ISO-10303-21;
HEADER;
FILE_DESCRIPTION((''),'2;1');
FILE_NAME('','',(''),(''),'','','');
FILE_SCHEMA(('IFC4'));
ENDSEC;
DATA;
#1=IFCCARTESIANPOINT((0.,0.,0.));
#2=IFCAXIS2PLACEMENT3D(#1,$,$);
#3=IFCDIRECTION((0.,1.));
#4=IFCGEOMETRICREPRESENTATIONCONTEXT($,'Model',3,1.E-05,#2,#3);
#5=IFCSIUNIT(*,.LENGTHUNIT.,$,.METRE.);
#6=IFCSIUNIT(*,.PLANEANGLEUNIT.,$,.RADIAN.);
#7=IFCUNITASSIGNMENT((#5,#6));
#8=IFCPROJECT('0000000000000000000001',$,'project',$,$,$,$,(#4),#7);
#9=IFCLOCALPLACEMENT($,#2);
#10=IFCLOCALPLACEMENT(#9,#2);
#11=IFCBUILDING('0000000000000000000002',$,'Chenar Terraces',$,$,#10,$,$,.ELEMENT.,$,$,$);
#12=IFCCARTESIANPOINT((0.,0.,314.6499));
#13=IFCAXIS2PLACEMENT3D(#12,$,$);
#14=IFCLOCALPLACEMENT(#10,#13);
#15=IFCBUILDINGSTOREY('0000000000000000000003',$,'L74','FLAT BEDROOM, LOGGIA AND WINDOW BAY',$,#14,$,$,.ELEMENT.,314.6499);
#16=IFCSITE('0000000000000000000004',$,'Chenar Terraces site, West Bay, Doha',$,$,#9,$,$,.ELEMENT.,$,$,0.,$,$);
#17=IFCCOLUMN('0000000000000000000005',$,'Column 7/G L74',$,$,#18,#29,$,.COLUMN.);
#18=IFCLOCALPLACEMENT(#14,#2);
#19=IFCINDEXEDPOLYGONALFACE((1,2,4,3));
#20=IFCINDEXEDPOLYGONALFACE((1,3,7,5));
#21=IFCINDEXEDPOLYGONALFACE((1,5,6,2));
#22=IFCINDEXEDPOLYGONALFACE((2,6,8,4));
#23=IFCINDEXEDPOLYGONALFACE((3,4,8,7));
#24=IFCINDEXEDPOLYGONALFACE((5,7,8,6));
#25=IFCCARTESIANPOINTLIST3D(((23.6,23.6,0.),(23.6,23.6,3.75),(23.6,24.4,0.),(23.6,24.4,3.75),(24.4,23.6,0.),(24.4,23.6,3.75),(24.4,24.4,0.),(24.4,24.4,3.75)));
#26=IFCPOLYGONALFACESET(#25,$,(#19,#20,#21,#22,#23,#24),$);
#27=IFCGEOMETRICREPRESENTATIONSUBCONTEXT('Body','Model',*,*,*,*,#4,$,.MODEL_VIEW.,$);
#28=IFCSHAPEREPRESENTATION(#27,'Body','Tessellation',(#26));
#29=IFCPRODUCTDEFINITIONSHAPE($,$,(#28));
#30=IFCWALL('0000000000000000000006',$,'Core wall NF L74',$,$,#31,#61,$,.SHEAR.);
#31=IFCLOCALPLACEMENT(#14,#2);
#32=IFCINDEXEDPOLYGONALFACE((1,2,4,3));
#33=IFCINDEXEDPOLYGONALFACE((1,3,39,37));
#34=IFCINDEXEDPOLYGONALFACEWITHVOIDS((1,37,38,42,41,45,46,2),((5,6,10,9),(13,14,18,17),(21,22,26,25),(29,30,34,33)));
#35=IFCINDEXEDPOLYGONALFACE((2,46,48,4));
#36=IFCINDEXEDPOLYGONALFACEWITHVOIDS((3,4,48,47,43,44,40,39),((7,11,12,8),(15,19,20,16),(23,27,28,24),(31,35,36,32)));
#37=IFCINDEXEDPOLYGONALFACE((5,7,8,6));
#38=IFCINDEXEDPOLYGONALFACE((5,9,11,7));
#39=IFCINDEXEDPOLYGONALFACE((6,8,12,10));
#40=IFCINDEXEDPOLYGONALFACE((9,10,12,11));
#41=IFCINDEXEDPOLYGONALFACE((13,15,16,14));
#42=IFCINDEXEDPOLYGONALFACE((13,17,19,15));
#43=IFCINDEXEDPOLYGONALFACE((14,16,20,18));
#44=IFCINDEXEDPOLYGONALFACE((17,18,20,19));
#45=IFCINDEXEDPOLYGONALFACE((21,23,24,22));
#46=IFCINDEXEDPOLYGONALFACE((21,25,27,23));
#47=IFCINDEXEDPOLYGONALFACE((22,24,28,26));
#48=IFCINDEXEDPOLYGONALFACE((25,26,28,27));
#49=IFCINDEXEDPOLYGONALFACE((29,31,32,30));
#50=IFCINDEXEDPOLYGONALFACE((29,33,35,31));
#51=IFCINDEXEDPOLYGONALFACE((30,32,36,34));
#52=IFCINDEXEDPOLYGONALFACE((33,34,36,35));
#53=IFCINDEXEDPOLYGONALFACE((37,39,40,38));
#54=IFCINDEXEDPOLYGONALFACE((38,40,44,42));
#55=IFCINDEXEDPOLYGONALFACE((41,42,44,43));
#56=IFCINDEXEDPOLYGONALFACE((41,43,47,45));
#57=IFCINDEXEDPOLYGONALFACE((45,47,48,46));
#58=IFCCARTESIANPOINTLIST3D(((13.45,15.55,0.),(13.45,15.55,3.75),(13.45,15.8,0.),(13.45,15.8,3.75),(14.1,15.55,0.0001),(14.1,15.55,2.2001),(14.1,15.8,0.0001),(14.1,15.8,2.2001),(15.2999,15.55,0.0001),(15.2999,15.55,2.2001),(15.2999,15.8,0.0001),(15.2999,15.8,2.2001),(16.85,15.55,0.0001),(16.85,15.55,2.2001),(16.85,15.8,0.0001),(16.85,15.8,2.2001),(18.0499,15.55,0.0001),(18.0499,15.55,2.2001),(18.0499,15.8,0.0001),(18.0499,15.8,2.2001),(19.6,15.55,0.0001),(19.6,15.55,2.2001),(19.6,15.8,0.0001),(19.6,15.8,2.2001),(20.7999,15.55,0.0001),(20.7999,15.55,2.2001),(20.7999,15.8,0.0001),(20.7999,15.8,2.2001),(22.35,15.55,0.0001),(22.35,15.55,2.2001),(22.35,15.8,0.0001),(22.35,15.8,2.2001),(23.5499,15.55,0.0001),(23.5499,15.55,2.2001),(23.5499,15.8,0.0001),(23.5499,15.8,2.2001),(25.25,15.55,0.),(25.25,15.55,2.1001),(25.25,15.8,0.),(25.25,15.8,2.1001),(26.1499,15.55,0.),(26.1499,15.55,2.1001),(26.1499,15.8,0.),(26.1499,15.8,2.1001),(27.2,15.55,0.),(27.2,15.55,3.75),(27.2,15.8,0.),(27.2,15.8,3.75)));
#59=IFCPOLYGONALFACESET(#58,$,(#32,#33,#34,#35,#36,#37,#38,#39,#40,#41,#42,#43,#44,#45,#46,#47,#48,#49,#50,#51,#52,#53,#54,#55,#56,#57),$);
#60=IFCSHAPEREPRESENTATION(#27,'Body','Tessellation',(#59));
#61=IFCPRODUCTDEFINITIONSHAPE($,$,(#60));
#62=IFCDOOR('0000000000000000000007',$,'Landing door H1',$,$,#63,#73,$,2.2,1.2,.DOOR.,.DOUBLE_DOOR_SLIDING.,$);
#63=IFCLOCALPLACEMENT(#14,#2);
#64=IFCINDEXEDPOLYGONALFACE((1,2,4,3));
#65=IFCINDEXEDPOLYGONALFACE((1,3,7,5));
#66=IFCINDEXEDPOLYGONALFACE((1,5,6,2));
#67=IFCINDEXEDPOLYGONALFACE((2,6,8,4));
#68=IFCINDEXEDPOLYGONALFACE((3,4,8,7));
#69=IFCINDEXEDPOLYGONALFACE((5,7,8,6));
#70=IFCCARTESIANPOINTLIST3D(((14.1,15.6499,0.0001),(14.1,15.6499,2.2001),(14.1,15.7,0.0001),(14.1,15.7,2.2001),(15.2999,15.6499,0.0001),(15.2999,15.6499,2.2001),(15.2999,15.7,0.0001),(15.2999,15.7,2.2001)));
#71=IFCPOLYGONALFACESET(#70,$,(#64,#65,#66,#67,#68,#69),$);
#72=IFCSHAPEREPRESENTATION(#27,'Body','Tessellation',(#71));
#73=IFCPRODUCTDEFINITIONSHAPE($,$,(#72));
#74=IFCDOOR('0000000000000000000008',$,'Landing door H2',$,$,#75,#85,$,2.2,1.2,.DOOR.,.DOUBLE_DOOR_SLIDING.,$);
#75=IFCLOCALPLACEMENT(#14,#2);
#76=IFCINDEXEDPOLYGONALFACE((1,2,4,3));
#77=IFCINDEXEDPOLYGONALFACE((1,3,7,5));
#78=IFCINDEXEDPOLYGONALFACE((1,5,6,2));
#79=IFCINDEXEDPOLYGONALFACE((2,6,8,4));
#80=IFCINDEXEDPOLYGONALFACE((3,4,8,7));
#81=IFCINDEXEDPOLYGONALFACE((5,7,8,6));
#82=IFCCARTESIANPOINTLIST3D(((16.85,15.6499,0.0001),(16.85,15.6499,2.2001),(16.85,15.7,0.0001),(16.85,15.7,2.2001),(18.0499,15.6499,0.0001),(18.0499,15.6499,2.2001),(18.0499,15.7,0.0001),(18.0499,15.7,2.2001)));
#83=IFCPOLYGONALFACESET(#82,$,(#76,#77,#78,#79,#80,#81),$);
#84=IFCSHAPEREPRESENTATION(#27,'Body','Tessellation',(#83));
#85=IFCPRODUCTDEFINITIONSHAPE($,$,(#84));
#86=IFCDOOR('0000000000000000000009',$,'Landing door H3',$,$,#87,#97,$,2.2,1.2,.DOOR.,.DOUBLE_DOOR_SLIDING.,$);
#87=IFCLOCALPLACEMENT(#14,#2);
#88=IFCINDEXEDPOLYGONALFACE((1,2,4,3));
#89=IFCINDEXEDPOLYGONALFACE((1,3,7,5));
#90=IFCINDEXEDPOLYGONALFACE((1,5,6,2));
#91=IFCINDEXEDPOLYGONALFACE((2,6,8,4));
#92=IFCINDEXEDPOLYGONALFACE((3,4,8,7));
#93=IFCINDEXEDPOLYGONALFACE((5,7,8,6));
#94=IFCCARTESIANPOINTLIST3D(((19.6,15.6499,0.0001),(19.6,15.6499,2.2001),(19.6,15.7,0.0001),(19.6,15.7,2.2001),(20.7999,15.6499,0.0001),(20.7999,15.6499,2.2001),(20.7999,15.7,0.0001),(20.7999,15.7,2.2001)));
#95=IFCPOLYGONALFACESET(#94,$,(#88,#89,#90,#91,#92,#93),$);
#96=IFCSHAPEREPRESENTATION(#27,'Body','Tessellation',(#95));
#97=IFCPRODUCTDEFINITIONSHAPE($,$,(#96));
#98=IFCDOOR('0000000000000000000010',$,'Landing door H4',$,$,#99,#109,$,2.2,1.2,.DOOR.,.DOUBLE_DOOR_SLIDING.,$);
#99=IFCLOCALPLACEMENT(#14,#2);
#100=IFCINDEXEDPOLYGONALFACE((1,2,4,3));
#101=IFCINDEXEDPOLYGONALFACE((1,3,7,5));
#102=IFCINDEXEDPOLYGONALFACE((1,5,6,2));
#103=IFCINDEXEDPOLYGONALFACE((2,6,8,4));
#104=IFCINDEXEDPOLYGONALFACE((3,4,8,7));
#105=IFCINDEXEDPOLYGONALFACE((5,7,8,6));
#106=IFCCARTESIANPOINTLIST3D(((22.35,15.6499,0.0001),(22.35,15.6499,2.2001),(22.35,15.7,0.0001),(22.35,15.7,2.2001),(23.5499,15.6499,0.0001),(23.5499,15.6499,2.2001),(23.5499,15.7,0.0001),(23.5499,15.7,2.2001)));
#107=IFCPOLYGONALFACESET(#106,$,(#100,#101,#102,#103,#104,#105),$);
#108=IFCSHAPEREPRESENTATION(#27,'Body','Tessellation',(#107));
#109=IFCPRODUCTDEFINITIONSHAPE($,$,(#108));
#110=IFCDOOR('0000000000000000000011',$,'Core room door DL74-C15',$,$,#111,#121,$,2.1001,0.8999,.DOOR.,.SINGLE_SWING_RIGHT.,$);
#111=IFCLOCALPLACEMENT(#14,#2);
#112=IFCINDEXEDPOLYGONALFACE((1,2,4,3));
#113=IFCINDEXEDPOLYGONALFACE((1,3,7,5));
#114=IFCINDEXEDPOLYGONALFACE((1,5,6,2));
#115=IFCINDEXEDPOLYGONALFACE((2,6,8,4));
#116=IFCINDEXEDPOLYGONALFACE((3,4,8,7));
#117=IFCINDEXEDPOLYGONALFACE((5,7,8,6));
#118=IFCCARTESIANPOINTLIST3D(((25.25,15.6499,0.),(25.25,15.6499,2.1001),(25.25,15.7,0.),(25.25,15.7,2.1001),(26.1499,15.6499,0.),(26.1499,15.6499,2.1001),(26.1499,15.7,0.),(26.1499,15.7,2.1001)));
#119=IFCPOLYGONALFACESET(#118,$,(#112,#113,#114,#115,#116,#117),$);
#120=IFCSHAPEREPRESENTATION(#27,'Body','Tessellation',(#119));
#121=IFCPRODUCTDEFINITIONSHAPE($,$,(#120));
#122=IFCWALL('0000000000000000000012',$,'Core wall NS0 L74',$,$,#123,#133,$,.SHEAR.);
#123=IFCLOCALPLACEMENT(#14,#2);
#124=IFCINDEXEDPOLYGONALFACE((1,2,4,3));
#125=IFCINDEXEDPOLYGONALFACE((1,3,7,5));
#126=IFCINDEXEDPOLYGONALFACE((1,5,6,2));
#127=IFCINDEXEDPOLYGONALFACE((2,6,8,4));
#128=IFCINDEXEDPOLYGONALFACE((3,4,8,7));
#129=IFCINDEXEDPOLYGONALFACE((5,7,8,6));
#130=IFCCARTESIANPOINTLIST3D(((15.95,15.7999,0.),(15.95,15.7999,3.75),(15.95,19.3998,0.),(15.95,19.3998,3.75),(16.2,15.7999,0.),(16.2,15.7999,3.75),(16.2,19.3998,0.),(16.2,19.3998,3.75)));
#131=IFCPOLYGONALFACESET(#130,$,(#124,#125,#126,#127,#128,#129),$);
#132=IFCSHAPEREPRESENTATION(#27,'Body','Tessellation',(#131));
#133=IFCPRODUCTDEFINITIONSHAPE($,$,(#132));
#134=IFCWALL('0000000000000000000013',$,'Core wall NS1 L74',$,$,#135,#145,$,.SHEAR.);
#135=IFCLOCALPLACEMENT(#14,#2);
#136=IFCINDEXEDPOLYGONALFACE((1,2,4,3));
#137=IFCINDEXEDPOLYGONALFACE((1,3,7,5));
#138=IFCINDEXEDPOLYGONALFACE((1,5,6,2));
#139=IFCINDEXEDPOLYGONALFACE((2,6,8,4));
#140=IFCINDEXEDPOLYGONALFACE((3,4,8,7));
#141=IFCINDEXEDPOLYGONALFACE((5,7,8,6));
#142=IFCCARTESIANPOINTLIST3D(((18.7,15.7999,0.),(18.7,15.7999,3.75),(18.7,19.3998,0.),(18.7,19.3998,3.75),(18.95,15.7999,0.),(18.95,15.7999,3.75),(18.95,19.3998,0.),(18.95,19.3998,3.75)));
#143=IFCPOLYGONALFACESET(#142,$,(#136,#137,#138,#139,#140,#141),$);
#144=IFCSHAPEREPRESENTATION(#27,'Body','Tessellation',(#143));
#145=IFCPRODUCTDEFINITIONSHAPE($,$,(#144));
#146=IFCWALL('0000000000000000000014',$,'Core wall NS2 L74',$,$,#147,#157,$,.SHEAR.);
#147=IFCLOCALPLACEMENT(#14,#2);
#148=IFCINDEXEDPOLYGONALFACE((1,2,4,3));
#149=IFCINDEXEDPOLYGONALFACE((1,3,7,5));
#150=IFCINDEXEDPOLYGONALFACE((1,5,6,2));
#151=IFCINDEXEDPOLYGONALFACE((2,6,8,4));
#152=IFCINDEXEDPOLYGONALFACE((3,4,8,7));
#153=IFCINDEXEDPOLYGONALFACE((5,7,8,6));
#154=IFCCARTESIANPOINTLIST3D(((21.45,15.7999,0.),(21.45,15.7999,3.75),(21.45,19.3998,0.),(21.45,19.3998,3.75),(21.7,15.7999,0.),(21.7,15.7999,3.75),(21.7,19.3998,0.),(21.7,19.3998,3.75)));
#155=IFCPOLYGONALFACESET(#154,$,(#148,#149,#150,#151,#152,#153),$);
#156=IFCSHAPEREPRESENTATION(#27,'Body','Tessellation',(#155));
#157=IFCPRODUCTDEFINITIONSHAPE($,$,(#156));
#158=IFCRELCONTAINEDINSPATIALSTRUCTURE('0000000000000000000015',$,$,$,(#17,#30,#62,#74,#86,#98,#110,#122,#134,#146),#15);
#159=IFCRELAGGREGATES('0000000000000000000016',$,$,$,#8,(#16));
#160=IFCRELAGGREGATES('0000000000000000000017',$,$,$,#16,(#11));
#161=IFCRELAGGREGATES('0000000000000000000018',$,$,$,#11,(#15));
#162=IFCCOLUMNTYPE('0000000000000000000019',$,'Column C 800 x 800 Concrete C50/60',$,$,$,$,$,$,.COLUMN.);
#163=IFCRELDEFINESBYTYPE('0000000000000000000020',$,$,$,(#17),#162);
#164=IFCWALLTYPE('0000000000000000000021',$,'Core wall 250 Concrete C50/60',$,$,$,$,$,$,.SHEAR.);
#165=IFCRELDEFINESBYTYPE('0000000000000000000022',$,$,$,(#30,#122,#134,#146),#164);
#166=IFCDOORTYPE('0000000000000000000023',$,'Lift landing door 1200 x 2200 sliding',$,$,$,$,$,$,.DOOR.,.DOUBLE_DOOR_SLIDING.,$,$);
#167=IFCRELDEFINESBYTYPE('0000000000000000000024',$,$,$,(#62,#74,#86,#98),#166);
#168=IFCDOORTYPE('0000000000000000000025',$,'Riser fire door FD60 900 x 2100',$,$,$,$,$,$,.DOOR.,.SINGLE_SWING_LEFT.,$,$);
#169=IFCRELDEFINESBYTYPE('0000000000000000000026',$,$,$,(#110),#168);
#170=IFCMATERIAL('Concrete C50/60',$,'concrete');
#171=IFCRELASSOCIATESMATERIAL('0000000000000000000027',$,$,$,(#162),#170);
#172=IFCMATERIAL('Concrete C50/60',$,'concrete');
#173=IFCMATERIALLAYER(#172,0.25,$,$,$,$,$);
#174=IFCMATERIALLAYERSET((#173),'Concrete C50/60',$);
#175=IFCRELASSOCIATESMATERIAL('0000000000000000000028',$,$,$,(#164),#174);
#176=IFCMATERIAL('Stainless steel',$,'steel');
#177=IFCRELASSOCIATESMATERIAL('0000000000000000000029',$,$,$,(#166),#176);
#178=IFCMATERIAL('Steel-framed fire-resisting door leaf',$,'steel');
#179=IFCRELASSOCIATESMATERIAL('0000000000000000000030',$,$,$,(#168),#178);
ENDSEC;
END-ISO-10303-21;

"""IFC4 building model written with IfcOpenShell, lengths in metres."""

from ifc_helpers import new_model, si_unit, direction, frame, frame_2d, origin, origin_2d, place, context, subcontext, project, spatial, rectangle, extrude, material, layer, layer_set, material_profile, profile_set, type_object, element, fill, save


model = new_model("IFC4")

# Units and contexts
model_context = context("Model", 3, precision=1e-05, world=origin(), true_north=direction((0.0, 1.0)))
body_context = subcontext(model_context, "Body", "Model", "MODEL_VIEW")
ifc_project = project(units=[si_unit("LENGTHUNIT", "METRE"), si_unit("PLANEANGLEUNIT", "RADIAN")], contexts=[model_context])

# Site, building, storey
site_placement = place(None, origin())
site = spatial("IfcSite", under=ifc_project, at=site_placement, Name="Chenar Terraces site, West Bay, Doha", CompositionType="ELEMENT", RefElevation=0.0)
building_placement = place(site_placement, origin())
building = spatial("IfcBuilding", under=site, at=building_placement, Name="Chenar Terraces", CompositionType="ELEMENT")
storey_placement = place(building_placement, frame((0.0, 0.0, 314.6499)))
storey = spatial("IfcBuildingStorey", under=building, at=storey_placement, Name="L74", Description="FLAT BEDROOM, LOGGIA AND WINDOW BAY", CompositionType="ELEMENT", Elevation=314.6499)

# Column
ifc_material_1 = material(Name="Concrete C50/60", Category="concrete")
ifc_material_profile = material_profile(ifc_material_1, rectangle(XDim=0.8, YDim=0.8, at=origin_2d()), Name="C 800 x 800")
ifc_profile_set = profile_set([ifc_material_profile], Name="Concrete C50/60")
column_type = type_object("IfcColumnType", Name="Column C 800 x 800 Concrete C50/60", PredefinedType="COLUMN", material=ifc_profile_set)
column_placement = place(storey_placement, frame((24.0, 24.0, 0.0), z_axis=(0.0, 0.0, 1.0), x_axis=(1.0, 0.0, 0.0)))
element("IfcColumn", 1, at=column_placement, inside=storey, type_object=column_type, Name="Column 7/G L74", PredefinedType="COLUMN", context=body_context, shape_type="SweptSolid", body=[
    extrude(rectangle(XDim=0.8, YDim=0.8, at=origin_2d()), origin(), (0.0, 0.0, 1.0), 3.75),
])

# Wall, openings, doors
ifc_material_2 = material(Name="Concrete C50/60", Category="concrete")
ifc_layer_1 = layer(ifc_material_2, 0.25)
ifc_layer_set_1 = layer_set([ifc_layer_1], Name="Concrete C50/60")
wall_type_1 = type_object("IfcWallType", Name="Core wall 250 Concrete C50/60", PredefinedType="SHEAR", material=ifc_layer_set_1)
wall_1_placement = place(storey_placement, frame((13.45, 15.675, 0.0), z_axis=(0.0, 0.0, 1.0), x_axis=(1.0, 0.0, 0.0)))
wall_1 = element("IfcWall", 2, at=wall_1_placement, inside=storey, type_object=wall_type_1, Name="Core wall NF L74", PredefinedType="SHEAR", context=body_context, shape_type="SweptSolid", body=[
    extrude(rectangle(XDim=13.75, YDim=0.25, at=frame_2d((6.875, 0.0))), origin(), (0.0, 0.0, 1.0), 3.75),
])
opening_1_placement = place(wall_1_placement, frame((0.6499, 0.0, 0.0)))
opening_1 = element("IfcOpeningElement", 3, at=opening_1_placement, cuts=wall_1, PredefinedType="OPENING", context=body_context, shape_type="SweptSolid", body=[
    extrude(rectangle(XDim=1.2, YDim=2.2, at=frame_2d((0.6001, 1.1001))), frame((0.0, 0.135, 0.0), z_axis=(0.0, -1.0, 0.0), x_axis=(1.0, 0.0, 0.0)), (0.0, 0.0, 1.0), 0.27),
])
opening_2_placement = place(wall_1_placement, frame((3.3999, 0.0, 0.0)))
opening_2 = element("IfcOpeningElement", 4, at=opening_2_placement, cuts=wall_1, PredefinedType="OPENING", context=body_context, shape_type="SweptSolid", body=[
    extrude(rectangle(XDim=1.2, YDim=2.2, at=frame_2d((0.6001, 1.1001))), frame((0.0, 0.135, 0.0), z_axis=(0.0, -1.0, 0.0), x_axis=(1.0, 0.0, 0.0)), (0.0, 0.0, 1.0), 0.27),
])
opening_3_placement = place(wall_1_placement, frame((6.1499, 0.0, 0.0)))
opening_3 = element("IfcOpeningElement", 5, at=opening_3_placement, cuts=wall_1, PredefinedType="OPENING", context=body_context, shape_type="SweptSolid", body=[
    extrude(rectangle(XDim=1.2, YDim=2.2, at=frame_2d((0.6001, 1.1001))), frame((0.0, 0.135, 0.0), z_axis=(0.0, -1.0, 0.0), x_axis=(1.0, 0.0, 0.0)), (0.0, 0.0, 1.0), 0.27),
])
opening_4_placement = place(wall_1_placement, frame((8.8999, 0.0, 0.0)))
opening_4 = element("IfcOpeningElement", 6, at=opening_4_placement, cuts=wall_1, PredefinedType="OPENING", context=body_context, shape_type="SweptSolid", body=[
    extrude(rectangle(XDim=1.2, YDim=2.2, at=frame_2d((0.6001, 1.1001))), frame((0.0, 0.135, 0.0), z_axis=(0.0, -1.0, 0.0), x_axis=(1.0, 0.0, 0.0)), (0.0, 0.0, 1.0), 0.27),
])
opening_5_placement = place(wall_1_placement, frame((11.8, 0.0, 0.0)))
opening_5 = element("IfcOpeningElement", 7, at=opening_5_placement, cuts=wall_1, PredefinedType="OPENING", context=body_context, shape_type="SweptSolid", body=[
    extrude(rectangle(XDim=0.8999, YDim=2.1001, at=frame_2d((0.45, 1.05))), frame((0.0, 0.135, 0.0), z_axis=(0.0, -1.0, 0.0), x_axis=(1.0, 0.0, 0.0)), (0.0, 0.0, 1.0), 0.27),
])
ifc_material_3 = material(Name="Stainless steel", Category="steel")
door_type_1 = type_object("IfcDoorType", Name="Lift landing door 1200 x 2200 sliding", OperationType="DOUBLE_DOOR_SLIDING", PredefinedType="DOOR", material=ifc_material_3)
door_1_placement = place(opening_1_placement, origin())
door_1 = element("IfcDoor", 8, at=door_1_placement, inside=storey, type_object=door_type_1, Name="Landing door H1", OperationType="DOUBLE_DOOR_SLIDING", OverallHeight=2.2, OverallWidth=1.2, PredefinedType="DOOR", context=body_context, shape_type="SweptSolid", body=[
    extrude(rectangle(XDim=1.2, YDim=2.2, at=frame_2d((0.6001, 1.1001))), frame((0.0, 0.0249, 0.0), z_axis=(0.0, -1.0, 0.0), x_axis=(1.0, 0.0, 0.0)), (0.0, 0.0, 1.0), 0.05),
])
fill(opening_1, door_1)
door_2_placement = place(opening_2_placement, origin())
door_2 = element("IfcDoor", 9, at=door_2_placement, inside=storey, type_object=door_type_1, Name="Landing door H2", OperationType="DOUBLE_DOOR_SLIDING", OverallHeight=2.2, OverallWidth=1.2, PredefinedType="DOOR", context=body_context, shape_type="SweptSolid", body=[
    extrude(rectangle(XDim=1.2, YDim=2.2, at=frame_2d((0.6001, 1.1001))), frame((0.0, 0.0249, 0.0), z_axis=(0.0, -1.0, 0.0), x_axis=(1.0, 0.0, 0.0)), (0.0, 0.0, 1.0), 0.05),
])
fill(opening_2, door_2)
door_3_placement = place(opening_3_placement, origin())
door_3 = element("IfcDoor", 10, at=door_3_placement, inside=storey, type_object=door_type_1, Name="Landing door H3", OperationType="DOUBLE_DOOR_SLIDING", OverallHeight=2.2, OverallWidth=1.2, PredefinedType="DOOR", context=body_context, shape_type="SweptSolid", body=[
    extrude(rectangle(XDim=1.2, YDim=2.2, at=frame_2d((0.6001, 1.1001))), frame((0.0, 0.0249, 0.0), z_axis=(0.0, -1.0, 0.0), x_axis=(1.0, 0.0, 0.0)), (0.0, 0.0, 1.0), 0.05),
])
fill(opening_3, door_3)
door_4_placement = place(opening_4_placement, origin())
door_4 = element("IfcDoor", 11, at=door_4_placement, inside=storey, type_object=door_type_1, Name="Landing door H4", OperationType="DOUBLE_DOOR_SLIDING", OverallHeight=2.2, OverallWidth=1.2, PredefinedType="DOOR", context=body_context, shape_type="SweptSolid", body=[
    extrude(rectangle(XDim=1.2, YDim=2.2, at=frame_2d((0.6001, 1.1001))), frame((0.0, 0.0249, 0.0), z_axis=(0.0, -1.0, 0.0), x_axis=(1.0, 0.0, 0.0)), (0.0, 0.0, 1.0), 0.05),
])
fill(opening_4, door_4)
ifc_material_4 = material(Name="Steel-framed fire-resisting door leaf", Category="steel")
door_type_2 = type_object("IfcDoorType", Name="Riser fire door FD60 900 x 2100", OperationType="SINGLE_SWING_LEFT", PredefinedType="DOOR", material=ifc_material_4)
door_5_placement = place(opening_5_placement, origin())
door_5 = element("IfcDoor", 12, at=door_5_placement, inside=storey, type_object=door_type_2, Name="Core room door DL74-C15", OperationType="SINGLE_SWING_RIGHT", OverallHeight=2.1001, OverallWidth=0.8999, PredefinedType="DOOR", context=body_context, shape_type="SweptSolid", body=[
    extrude(rectangle(XDim=0.8999, YDim=2.1001, at=frame_2d((0.45, 1.05))), frame((0.0, 0.0249, 0.0), z_axis=(0.0, -1.0, 0.0), x_axis=(1.0, 0.0, 0.0)), (0.0, 0.0, 1.0), 0.05),
])
fill(opening_5, door_5)

# Walls
for number, where, z_axis, x_axis, name in (
    (13, (16.075, 15.8, 0.0), (0.0, 0.0, 1.0), (0.0, 1.0, 0.0), "Core wall NS0 L74"),
    (14, (18.825, 15.8, 0.0), (0.0, 0.0, 1.0), (0.0, 1.0, 0.0), "Core wall NS1 L74"),
    (15, (21.575, 15.8, 0.0), (0.0, 0.0, 1.0), (0.0, 1.0, 0.0), "Core wall NS2 L74"),
):
    element("IfcWall", number, at=place(storey_placement, frame(where, z_axis=z_axis, x_axis=x_axis)), inside=storey, type_object=wall_type_1, Name=name, PredefinedType="SHEAR", context=body_context, shape_type="SweptSolid", body=[
        extrude(rectangle(XDim=3.5999, YDim=0.25, at=frame_2d((1.7998, 0.0))), origin(), (0.0, 0.0, 1.0), 3.75),
    ])

save(model, "model.ifc")
